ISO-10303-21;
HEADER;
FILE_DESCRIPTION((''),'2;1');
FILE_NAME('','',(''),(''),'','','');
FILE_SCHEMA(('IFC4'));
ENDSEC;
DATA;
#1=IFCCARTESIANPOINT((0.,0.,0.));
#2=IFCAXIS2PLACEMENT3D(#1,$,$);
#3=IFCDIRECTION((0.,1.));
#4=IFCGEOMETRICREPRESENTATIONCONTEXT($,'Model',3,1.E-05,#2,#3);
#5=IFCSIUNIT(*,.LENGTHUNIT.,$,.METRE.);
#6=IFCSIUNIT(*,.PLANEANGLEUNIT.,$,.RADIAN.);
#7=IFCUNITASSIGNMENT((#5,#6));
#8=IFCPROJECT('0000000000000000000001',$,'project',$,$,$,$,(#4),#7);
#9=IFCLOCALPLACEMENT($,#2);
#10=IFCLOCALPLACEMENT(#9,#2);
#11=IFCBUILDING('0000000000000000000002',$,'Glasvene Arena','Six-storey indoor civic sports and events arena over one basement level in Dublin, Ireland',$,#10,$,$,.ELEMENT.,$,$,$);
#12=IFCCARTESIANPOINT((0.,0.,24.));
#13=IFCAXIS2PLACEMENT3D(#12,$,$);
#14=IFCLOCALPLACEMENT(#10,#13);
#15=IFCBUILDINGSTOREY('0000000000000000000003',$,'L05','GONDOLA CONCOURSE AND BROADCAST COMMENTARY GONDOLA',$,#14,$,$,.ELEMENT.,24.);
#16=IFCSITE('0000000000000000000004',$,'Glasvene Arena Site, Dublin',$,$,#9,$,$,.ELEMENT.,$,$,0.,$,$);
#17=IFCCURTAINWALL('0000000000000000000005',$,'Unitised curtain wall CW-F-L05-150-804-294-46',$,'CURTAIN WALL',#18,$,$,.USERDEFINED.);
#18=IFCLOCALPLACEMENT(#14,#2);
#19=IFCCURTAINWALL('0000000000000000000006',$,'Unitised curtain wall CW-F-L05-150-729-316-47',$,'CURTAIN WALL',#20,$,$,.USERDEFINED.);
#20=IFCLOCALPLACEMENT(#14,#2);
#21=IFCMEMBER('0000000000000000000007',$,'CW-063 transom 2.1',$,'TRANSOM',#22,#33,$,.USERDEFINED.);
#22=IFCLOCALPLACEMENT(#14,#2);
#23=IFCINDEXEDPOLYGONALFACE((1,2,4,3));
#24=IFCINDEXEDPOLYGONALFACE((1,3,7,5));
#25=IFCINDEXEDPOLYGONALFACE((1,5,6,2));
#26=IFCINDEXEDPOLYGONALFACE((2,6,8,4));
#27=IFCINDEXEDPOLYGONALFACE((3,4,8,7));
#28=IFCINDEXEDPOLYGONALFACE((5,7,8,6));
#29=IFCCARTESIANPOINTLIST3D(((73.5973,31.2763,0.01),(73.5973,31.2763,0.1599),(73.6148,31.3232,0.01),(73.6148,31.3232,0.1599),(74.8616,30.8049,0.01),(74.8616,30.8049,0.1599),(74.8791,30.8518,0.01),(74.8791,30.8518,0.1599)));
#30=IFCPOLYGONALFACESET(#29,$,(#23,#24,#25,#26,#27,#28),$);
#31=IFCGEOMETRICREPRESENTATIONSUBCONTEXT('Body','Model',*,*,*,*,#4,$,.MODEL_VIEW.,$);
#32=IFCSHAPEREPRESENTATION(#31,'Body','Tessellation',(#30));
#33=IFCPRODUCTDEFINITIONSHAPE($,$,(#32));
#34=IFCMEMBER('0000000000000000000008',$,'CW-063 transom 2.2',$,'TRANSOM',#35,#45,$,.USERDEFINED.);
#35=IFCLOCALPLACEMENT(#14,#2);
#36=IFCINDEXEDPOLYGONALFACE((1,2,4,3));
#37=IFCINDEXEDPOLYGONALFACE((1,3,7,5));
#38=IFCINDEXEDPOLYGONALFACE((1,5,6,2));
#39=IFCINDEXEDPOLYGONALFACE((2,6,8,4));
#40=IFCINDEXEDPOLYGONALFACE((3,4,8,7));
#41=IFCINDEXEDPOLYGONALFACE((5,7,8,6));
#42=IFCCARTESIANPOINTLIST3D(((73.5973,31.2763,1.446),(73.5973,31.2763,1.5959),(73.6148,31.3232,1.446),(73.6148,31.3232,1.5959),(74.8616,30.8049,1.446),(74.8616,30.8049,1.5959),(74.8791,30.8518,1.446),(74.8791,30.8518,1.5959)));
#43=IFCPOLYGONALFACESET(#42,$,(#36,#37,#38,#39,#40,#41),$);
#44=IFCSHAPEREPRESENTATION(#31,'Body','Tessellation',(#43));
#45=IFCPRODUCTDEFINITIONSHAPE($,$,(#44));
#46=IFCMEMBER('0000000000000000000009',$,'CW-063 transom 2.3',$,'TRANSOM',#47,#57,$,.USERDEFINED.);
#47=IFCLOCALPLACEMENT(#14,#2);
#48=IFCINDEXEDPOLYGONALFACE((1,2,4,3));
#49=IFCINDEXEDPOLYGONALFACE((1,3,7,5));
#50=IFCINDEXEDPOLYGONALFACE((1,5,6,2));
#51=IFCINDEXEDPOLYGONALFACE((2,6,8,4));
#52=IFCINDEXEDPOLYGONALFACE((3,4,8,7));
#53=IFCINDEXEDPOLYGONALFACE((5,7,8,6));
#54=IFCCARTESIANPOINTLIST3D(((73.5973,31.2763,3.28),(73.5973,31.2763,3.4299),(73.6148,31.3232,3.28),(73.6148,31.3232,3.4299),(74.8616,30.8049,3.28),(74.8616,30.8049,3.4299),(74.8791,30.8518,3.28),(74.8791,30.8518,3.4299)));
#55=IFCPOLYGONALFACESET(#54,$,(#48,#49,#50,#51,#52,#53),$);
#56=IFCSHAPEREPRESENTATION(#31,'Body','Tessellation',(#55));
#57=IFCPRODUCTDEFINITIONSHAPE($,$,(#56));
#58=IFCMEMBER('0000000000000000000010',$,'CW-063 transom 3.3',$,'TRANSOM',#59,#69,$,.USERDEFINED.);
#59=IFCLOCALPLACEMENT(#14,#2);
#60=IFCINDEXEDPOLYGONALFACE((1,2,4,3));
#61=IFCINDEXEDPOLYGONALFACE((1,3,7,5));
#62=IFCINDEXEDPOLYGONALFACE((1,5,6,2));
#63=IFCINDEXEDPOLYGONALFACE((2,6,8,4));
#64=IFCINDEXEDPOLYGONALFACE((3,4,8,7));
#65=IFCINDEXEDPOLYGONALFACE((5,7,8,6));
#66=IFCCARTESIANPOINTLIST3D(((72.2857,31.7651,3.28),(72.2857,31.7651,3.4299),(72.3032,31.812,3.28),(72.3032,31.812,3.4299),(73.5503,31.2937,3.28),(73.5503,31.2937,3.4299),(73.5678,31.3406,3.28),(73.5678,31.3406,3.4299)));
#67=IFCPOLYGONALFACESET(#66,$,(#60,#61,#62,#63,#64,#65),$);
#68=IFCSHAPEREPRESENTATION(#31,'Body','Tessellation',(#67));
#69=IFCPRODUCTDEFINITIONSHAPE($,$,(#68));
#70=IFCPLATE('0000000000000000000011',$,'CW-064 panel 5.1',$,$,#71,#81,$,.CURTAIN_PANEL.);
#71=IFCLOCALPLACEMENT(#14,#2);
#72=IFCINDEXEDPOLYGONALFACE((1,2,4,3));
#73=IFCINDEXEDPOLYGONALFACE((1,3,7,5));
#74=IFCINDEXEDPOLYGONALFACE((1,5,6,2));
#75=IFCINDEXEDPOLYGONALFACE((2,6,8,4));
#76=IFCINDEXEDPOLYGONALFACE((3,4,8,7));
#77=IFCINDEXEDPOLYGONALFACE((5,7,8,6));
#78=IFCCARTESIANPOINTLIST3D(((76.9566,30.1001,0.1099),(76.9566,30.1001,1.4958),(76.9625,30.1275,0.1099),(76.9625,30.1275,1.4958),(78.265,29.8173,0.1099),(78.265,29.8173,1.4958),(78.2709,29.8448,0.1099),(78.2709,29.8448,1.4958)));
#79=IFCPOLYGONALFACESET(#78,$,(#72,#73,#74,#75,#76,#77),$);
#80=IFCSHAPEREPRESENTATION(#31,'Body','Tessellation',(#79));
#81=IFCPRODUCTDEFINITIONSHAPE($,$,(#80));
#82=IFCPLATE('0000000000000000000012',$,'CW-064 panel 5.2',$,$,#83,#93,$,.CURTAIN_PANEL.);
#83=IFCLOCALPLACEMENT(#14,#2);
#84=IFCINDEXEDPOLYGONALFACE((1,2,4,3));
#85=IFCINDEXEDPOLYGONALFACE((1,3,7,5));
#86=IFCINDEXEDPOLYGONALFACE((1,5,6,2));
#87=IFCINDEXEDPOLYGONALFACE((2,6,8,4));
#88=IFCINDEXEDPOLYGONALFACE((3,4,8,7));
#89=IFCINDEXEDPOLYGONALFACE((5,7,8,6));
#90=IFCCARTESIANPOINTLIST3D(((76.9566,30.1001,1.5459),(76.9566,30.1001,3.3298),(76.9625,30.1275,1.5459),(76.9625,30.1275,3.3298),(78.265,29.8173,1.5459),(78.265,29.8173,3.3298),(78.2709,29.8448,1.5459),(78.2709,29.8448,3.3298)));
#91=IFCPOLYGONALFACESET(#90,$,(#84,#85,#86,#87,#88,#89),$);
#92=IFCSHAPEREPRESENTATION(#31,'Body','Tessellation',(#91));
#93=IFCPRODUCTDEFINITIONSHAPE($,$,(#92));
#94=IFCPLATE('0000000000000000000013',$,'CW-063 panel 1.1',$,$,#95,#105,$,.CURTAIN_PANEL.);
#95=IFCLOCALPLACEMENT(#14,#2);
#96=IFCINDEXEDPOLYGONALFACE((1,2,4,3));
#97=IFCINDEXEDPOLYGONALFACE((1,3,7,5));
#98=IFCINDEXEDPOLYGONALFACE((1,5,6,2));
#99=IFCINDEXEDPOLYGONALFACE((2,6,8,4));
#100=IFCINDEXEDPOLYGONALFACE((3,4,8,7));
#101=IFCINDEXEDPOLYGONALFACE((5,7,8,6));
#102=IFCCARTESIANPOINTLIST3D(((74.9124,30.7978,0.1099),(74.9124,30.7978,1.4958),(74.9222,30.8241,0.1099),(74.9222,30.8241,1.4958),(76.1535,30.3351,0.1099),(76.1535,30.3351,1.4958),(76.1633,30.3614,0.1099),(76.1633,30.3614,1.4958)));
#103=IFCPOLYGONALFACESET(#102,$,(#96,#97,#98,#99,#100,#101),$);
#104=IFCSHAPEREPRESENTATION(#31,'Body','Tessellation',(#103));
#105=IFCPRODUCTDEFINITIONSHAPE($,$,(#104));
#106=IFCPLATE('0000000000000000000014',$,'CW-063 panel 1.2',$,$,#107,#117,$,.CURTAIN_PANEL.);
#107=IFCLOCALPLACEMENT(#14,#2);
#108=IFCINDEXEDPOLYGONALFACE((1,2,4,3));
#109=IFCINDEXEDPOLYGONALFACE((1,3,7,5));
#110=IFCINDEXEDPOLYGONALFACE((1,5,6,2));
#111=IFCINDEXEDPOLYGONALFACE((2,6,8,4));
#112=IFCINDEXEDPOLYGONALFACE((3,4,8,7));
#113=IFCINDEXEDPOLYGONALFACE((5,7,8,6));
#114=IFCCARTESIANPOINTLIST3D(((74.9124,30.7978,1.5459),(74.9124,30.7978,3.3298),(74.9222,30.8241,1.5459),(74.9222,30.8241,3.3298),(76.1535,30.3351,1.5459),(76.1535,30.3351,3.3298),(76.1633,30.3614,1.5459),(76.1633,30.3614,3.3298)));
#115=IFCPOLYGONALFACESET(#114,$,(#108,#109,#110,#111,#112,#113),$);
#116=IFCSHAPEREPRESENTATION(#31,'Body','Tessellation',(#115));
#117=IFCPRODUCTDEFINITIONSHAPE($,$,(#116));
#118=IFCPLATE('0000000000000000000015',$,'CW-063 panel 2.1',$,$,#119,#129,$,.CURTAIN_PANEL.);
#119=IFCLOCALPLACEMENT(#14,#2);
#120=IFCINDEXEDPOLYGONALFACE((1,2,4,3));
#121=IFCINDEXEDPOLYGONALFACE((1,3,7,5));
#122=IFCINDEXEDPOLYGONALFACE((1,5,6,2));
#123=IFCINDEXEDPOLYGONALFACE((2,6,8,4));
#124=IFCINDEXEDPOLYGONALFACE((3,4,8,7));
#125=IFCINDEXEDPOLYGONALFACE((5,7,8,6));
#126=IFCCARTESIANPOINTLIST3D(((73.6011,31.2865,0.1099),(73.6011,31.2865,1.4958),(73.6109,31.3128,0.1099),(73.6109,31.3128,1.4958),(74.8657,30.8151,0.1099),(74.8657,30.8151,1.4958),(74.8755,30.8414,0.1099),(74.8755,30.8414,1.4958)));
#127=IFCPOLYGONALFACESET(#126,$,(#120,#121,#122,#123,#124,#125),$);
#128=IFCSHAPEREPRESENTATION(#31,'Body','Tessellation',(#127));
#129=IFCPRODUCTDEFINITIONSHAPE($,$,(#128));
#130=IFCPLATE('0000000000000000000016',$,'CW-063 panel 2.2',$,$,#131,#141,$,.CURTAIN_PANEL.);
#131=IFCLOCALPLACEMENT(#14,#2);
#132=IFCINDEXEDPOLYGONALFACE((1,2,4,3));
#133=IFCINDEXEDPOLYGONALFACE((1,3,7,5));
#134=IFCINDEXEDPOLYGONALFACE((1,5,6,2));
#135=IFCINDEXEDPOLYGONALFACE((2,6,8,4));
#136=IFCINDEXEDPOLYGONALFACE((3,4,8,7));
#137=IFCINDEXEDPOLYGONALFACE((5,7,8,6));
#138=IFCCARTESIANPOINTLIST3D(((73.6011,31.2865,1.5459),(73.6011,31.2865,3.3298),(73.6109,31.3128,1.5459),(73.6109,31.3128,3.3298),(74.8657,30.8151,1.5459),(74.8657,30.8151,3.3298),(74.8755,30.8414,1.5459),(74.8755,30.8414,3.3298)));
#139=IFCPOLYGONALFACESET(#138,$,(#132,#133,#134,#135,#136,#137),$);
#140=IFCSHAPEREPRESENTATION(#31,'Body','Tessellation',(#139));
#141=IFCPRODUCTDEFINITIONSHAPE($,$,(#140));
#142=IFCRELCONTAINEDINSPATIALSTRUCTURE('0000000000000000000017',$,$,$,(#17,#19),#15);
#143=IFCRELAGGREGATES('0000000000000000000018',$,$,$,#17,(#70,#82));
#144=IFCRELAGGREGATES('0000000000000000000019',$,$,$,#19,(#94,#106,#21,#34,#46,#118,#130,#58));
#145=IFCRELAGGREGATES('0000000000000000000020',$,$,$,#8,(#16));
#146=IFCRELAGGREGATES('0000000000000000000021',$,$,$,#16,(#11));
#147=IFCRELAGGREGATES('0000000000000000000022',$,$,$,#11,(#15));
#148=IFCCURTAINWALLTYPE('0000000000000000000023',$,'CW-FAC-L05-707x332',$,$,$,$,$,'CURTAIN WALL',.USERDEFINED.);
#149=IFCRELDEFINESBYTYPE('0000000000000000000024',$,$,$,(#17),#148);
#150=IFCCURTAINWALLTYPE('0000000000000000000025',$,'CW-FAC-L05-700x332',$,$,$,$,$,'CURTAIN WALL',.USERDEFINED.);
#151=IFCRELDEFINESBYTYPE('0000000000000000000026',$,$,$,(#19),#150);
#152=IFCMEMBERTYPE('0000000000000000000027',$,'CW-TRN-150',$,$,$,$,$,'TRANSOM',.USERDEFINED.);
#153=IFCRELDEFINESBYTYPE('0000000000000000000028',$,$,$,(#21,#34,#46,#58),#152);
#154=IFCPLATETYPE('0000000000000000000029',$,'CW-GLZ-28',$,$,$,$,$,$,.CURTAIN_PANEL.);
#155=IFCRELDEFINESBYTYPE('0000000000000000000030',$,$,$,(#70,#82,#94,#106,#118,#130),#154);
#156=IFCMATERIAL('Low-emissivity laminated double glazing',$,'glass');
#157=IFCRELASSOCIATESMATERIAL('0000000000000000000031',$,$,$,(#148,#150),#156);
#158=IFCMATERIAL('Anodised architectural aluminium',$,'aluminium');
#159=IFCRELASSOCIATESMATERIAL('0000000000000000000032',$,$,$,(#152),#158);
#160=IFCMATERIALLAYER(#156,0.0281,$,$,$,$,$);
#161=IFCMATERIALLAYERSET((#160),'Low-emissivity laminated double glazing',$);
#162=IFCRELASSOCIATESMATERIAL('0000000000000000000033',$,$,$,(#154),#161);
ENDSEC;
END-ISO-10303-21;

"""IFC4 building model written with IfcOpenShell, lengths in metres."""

from ifc_helpers import new_model, si_unit, direction, frame, origin, origin_2d, place, context, subcontext, project, spatial, rectangle, extrude, material, layer, layer_set, material_profile, profile_set, type_object, element, aggregate, save


model = new_model("IFC4")

# Units and contexts
model_context = context("Model", 3, precision=1e-05, world=origin(), true_north=direction((0.0, 1.0)))
body_context = subcontext(model_context, "Body", "Model", "MODEL_VIEW")
ifc_project = project(units=[si_unit("LENGTHUNIT", "METRE"), si_unit("PLANEANGLEUNIT", "RADIAN")], contexts=[model_context])

# Site, building, storey
site_placement = place(None, origin())
site = spatial("IfcSite", under=ifc_project, at=site_placement, Name="Glasvene Arena Site, Dublin", CompositionType="ELEMENT", RefElevation=0.0)
building_placement = place(site_placement, origin())
building = spatial("IfcBuilding", under=site, at=building_placement, Name="Glasvene Arena", Description="Six-storey indoor civic sports and events arena over one basement level in Dublin, Ireland", CompositionType="ELEMENT")
storey_placement = place(building_placement, frame((0.0, 0.0, 24.0)))
storey = spatial("IfcBuildingStorey", under=building, at=storey_placement, Name="L05", Description="GONDOLA CONCOURSE AND BROADCAST COMMENTARY GONDOLA", CompositionType="ELEMENT", Elevation=24.0)

# Curtain walls
ifc_material_1 = material(Name="Low-emissivity laminated double glazing", Category="glass")
curtain_wall_type_1 = type_object("IfcCurtainWallType", Name="CW-FAC-L05-707x332", ElementType="CURTAIN WALL", PredefinedType="USERDEFINED", material=ifc_material_1)
curtain_wall_1_placement = place(storey_placement, frame((83.8193, 28.6316, 0.0)))
curtain_wall_1 = element("IfcCurtainWall", 1, at=curtain_wall_1_placement, inside=storey, type_object=curtain_wall_type_1, Name="Unitised curtain wall CW-F-L05-150-804-294-46", ObjectType="CURTAIN WALL", PredefinedType="USERDEFINED")
ifc_material_2 = material(Name="Anodised architectural aluminium", Category="aluminium")
curtain_wall_type_2 = type_object("IfcCurtainWallType", Name="CW-FAC-L05-700x332", ElementType="CURTAIN WALL", PredefinedType="USERDEFINED", material=ifc_material_1)
curtain_wall_2_placement = place(storey_placement, frame((76.2053, 30.3308, 0.0)))
curtain_wall_2 = element("IfcCurtainWall", 2, at=curtain_wall_2_placement, inside=storey, type_object=curtain_wall_type_2, Name="Unitised curtain wall CW-F-L05-150-729-316-47", ObjectType="CURTAIN WALL", PredefinedType="USERDEFINED")

# Members
ifc_material_profile_1 = material_profile(ifc_material_2, rectangle(XDim=0.05, YDim=0.1499, at=origin_2d()), Name="ALU TRANSOM 50x150")
ifc_profile_set_1 = profile_set([ifc_material_profile_1], Name="Anodised architectural aluminium")
member_type_1 = type_object("IfcMemberType", Name="CW-TRN-150", ElementType="TRANSOM", PredefinedType="USERDEFINED", material=ifc_profile_set_1)
member_1_placement = place(storey_placement, frame((74.8704, 30.8284, 0.085), z_axis=(-0.936989, 0.349358, 0.0), x_axis=(-0.349358, -0.936989, 0.0)))
member_1 = element("IfcMember", 3, at=member_1_placement, type_object=member_type_1, Name="CW-063 transom 2.1", ObjectType="TRANSOM", PredefinedType="USERDEFINED", context=body_context, shape_type="SweptSolid", body=[
    extrude(rectangle(XDim=0.05, YDim=0.1499, at=origin_2d()), origin(), (0.0, 0.0, 1.0), 1.3494),
])
member_2_placement = place(storey_placement, frame((74.8704, 30.8284, 1.521), z_axis=(-0.936989, 0.349358, 0.0), x_axis=(-0.349358, -0.936989, 0.0)))
member_2 = element("IfcMember", 4, at=member_2_placement, type_object=member_type_1, Name="CW-063 transom 2.2", ObjectType="TRANSOM", PredefinedType="USERDEFINED", context=body_context, shape_type="SweptSolid", body=[
    extrude(rectangle(XDim=0.05, YDim=0.1499, at=origin_2d()), origin(), (0.0, 0.0, 1.0), 1.3494),
])
member_3_placement = place(storey_placement, frame((74.8704, 30.8284, 3.355), z_axis=(-0.936989, 0.349358, 0.0), x_axis=(-0.349358, -0.936989, 0.0)))
member_3 = element("IfcMember", 5, at=member_3_placement, type_object=member_type_1, Name="CW-063 transom 2.3", ObjectType="TRANSOM", PredefinedType="USERDEFINED", context=body_context, shape_type="SweptSolid", body=[
    extrude(rectangle(XDim=0.05, YDim=0.1499, at=origin_2d()), origin(), (0.0, 0.0, 1.0), 1.3494),
])
member_4_placement = place(storey_placement, frame((73.5591, 31.3171, 3.355), z_axis=(-0.937011, 0.349299, 0.0), x_axis=(-0.349299, -0.937011, 0.0)))
member_4 = element("IfcMember", 6, at=member_4_placement, type_object=member_type_1, Name="CW-063 transom 3.3", ObjectType="TRANSOM", PredefinedType="USERDEFINED", context=body_context, shape_type="SweptSolid", body=[
    extrude(rectangle(XDim=0.05, YDim=0.1499, at=origin_2d()), origin(), (0.0, 0.0, 1.0), 1.3496),
])

# Plates
ifc_layer = layer(ifc_material_1, 0.0281)
ifc_layer_set = layer_set([ifc_layer], Name="Low-emissivity laminated double glazing")
plate_type = type_object("IfcPlateType", Name="CW-GLZ-28", PredefinedType="CURTAIN_PANEL", material=ifc_layer_set)
plate_1_placement = place(storey_placement, frame((77.6138, 29.9724, 0.1099), z_axis=(0.0, 0.0, 1.0), x_axis=(-0.977438, 0.211221, 0.0)))
plate_1 = element("IfcPlate", 7, at=plate_1_placement, type_object=plate_type, Name="CW-064 panel 5.1", PredefinedType="CURTAIN_PANEL", context=body_context, shape_type="SweptSolid", body=[
    extrude(rectangle(XDim=1.3386, YDim=0.0281, at=origin_2d()), origin(), (0.0, 0.0, 1.0), 1.386),
])
plate_2_placement = place(storey_placement, frame((77.6138, 29.9724, 1.5459), z_axis=(0.0, 0.0, 1.0), x_axis=(-0.977438, 0.211221, 0.0)))
plate_2 = element("IfcPlate", 8, at=plate_2_placement, type_object=plate_type, Name="CW-064 panel 5.2", PredefinedType="CURTAIN_PANEL", context=body_context, shape_type="SweptSolid", body=[
    extrude(rectangle(XDim=1.3386, YDim=0.0281, at=origin_2d()), origin(), (0.0, 0.0, 1.0), 1.7839),
])
aggregate(curtain_wall_1, [plate_1, plate_2])
plate_3_placement = place(storey_placement, frame((75.5378, 30.5796, 0.1099), z_axis=(0.0, 0.0, 1.0), x_axis=(-0.937012, 0.349297, 0.0)))
plate_3 = element("IfcPlate", 9, at=plate_3_placement, type_object=plate_type, Name="CW-063 panel 1.1", PredefinedType="CURTAIN_PANEL", context=body_context, shape_type="SweptSolid", body=[
    extrude(rectangle(XDim=1.3245, YDim=0.0281, at=origin_2d()), origin(), (0.0, 0.0, 1.0), 1.386),
])
plate_4_placement = place(storey_placement, frame((75.5378, 30.5796, 1.5459), z_axis=(0.0, 0.0, 1.0), x_axis=(-0.937012, 0.349297, 0.0)))
plate_4 = element("IfcPlate", 10, at=plate_4_placement, type_object=plate_type, Name="CW-063 panel 1.2", PredefinedType="CURTAIN_PANEL", context=body_context, shape_type="SweptSolid", body=[
    extrude(rectangle(XDim=1.3245, YDim=0.0281, at=origin_2d()), origin(), (0.0, 0.0, 1.0), 1.7839),
])
plate_5_placement = place(storey_placement, frame((74.2383, 31.064, 0.1099), z_axis=(0.0, 0.0, 1.0), x_axis=(-0.937012, 0.349297, 0.0)))
plate_5 = element("IfcPlate", 11, at=plate_5_placement, type_object=plate_type, Name="CW-063 panel 2.1", PredefinedType="CURTAIN_PANEL", context=body_context, shape_type="SweptSolid", body=[
    extrude(rectangle(XDim=1.3496, YDim=0.0281, at=origin_2d()), origin(), (0.0, 0.0, 1.0), 1.386),
])
plate_6_placement = place(storey_placement, frame((74.2383, 31.064, 1.5459), z_axis=(0.0, 0.0, 1.0), x_axis=(-0.937012, 0.349297, 0.0)))
plate_6 = element("IfcPlate", 12, at=plate_6_placement, type_object=plate_type, Name="CW-063 panel 2.2", PredefinedType="CURTAIN_PANEL", context=body_context, shape_type="SweptSolid", body=[
    extrude(rectangle(XDim=1.3496, YDim=0.0281, at=origin_2d()), origin(), (0.0, 0.0, 1.0), 1.7839),
])
aggregate(curtain_wall_2, [plate_3, plate_4, member_1, member_2, member_3, plate_5, plate_6, member_4])

save(model, "model.ifc")
